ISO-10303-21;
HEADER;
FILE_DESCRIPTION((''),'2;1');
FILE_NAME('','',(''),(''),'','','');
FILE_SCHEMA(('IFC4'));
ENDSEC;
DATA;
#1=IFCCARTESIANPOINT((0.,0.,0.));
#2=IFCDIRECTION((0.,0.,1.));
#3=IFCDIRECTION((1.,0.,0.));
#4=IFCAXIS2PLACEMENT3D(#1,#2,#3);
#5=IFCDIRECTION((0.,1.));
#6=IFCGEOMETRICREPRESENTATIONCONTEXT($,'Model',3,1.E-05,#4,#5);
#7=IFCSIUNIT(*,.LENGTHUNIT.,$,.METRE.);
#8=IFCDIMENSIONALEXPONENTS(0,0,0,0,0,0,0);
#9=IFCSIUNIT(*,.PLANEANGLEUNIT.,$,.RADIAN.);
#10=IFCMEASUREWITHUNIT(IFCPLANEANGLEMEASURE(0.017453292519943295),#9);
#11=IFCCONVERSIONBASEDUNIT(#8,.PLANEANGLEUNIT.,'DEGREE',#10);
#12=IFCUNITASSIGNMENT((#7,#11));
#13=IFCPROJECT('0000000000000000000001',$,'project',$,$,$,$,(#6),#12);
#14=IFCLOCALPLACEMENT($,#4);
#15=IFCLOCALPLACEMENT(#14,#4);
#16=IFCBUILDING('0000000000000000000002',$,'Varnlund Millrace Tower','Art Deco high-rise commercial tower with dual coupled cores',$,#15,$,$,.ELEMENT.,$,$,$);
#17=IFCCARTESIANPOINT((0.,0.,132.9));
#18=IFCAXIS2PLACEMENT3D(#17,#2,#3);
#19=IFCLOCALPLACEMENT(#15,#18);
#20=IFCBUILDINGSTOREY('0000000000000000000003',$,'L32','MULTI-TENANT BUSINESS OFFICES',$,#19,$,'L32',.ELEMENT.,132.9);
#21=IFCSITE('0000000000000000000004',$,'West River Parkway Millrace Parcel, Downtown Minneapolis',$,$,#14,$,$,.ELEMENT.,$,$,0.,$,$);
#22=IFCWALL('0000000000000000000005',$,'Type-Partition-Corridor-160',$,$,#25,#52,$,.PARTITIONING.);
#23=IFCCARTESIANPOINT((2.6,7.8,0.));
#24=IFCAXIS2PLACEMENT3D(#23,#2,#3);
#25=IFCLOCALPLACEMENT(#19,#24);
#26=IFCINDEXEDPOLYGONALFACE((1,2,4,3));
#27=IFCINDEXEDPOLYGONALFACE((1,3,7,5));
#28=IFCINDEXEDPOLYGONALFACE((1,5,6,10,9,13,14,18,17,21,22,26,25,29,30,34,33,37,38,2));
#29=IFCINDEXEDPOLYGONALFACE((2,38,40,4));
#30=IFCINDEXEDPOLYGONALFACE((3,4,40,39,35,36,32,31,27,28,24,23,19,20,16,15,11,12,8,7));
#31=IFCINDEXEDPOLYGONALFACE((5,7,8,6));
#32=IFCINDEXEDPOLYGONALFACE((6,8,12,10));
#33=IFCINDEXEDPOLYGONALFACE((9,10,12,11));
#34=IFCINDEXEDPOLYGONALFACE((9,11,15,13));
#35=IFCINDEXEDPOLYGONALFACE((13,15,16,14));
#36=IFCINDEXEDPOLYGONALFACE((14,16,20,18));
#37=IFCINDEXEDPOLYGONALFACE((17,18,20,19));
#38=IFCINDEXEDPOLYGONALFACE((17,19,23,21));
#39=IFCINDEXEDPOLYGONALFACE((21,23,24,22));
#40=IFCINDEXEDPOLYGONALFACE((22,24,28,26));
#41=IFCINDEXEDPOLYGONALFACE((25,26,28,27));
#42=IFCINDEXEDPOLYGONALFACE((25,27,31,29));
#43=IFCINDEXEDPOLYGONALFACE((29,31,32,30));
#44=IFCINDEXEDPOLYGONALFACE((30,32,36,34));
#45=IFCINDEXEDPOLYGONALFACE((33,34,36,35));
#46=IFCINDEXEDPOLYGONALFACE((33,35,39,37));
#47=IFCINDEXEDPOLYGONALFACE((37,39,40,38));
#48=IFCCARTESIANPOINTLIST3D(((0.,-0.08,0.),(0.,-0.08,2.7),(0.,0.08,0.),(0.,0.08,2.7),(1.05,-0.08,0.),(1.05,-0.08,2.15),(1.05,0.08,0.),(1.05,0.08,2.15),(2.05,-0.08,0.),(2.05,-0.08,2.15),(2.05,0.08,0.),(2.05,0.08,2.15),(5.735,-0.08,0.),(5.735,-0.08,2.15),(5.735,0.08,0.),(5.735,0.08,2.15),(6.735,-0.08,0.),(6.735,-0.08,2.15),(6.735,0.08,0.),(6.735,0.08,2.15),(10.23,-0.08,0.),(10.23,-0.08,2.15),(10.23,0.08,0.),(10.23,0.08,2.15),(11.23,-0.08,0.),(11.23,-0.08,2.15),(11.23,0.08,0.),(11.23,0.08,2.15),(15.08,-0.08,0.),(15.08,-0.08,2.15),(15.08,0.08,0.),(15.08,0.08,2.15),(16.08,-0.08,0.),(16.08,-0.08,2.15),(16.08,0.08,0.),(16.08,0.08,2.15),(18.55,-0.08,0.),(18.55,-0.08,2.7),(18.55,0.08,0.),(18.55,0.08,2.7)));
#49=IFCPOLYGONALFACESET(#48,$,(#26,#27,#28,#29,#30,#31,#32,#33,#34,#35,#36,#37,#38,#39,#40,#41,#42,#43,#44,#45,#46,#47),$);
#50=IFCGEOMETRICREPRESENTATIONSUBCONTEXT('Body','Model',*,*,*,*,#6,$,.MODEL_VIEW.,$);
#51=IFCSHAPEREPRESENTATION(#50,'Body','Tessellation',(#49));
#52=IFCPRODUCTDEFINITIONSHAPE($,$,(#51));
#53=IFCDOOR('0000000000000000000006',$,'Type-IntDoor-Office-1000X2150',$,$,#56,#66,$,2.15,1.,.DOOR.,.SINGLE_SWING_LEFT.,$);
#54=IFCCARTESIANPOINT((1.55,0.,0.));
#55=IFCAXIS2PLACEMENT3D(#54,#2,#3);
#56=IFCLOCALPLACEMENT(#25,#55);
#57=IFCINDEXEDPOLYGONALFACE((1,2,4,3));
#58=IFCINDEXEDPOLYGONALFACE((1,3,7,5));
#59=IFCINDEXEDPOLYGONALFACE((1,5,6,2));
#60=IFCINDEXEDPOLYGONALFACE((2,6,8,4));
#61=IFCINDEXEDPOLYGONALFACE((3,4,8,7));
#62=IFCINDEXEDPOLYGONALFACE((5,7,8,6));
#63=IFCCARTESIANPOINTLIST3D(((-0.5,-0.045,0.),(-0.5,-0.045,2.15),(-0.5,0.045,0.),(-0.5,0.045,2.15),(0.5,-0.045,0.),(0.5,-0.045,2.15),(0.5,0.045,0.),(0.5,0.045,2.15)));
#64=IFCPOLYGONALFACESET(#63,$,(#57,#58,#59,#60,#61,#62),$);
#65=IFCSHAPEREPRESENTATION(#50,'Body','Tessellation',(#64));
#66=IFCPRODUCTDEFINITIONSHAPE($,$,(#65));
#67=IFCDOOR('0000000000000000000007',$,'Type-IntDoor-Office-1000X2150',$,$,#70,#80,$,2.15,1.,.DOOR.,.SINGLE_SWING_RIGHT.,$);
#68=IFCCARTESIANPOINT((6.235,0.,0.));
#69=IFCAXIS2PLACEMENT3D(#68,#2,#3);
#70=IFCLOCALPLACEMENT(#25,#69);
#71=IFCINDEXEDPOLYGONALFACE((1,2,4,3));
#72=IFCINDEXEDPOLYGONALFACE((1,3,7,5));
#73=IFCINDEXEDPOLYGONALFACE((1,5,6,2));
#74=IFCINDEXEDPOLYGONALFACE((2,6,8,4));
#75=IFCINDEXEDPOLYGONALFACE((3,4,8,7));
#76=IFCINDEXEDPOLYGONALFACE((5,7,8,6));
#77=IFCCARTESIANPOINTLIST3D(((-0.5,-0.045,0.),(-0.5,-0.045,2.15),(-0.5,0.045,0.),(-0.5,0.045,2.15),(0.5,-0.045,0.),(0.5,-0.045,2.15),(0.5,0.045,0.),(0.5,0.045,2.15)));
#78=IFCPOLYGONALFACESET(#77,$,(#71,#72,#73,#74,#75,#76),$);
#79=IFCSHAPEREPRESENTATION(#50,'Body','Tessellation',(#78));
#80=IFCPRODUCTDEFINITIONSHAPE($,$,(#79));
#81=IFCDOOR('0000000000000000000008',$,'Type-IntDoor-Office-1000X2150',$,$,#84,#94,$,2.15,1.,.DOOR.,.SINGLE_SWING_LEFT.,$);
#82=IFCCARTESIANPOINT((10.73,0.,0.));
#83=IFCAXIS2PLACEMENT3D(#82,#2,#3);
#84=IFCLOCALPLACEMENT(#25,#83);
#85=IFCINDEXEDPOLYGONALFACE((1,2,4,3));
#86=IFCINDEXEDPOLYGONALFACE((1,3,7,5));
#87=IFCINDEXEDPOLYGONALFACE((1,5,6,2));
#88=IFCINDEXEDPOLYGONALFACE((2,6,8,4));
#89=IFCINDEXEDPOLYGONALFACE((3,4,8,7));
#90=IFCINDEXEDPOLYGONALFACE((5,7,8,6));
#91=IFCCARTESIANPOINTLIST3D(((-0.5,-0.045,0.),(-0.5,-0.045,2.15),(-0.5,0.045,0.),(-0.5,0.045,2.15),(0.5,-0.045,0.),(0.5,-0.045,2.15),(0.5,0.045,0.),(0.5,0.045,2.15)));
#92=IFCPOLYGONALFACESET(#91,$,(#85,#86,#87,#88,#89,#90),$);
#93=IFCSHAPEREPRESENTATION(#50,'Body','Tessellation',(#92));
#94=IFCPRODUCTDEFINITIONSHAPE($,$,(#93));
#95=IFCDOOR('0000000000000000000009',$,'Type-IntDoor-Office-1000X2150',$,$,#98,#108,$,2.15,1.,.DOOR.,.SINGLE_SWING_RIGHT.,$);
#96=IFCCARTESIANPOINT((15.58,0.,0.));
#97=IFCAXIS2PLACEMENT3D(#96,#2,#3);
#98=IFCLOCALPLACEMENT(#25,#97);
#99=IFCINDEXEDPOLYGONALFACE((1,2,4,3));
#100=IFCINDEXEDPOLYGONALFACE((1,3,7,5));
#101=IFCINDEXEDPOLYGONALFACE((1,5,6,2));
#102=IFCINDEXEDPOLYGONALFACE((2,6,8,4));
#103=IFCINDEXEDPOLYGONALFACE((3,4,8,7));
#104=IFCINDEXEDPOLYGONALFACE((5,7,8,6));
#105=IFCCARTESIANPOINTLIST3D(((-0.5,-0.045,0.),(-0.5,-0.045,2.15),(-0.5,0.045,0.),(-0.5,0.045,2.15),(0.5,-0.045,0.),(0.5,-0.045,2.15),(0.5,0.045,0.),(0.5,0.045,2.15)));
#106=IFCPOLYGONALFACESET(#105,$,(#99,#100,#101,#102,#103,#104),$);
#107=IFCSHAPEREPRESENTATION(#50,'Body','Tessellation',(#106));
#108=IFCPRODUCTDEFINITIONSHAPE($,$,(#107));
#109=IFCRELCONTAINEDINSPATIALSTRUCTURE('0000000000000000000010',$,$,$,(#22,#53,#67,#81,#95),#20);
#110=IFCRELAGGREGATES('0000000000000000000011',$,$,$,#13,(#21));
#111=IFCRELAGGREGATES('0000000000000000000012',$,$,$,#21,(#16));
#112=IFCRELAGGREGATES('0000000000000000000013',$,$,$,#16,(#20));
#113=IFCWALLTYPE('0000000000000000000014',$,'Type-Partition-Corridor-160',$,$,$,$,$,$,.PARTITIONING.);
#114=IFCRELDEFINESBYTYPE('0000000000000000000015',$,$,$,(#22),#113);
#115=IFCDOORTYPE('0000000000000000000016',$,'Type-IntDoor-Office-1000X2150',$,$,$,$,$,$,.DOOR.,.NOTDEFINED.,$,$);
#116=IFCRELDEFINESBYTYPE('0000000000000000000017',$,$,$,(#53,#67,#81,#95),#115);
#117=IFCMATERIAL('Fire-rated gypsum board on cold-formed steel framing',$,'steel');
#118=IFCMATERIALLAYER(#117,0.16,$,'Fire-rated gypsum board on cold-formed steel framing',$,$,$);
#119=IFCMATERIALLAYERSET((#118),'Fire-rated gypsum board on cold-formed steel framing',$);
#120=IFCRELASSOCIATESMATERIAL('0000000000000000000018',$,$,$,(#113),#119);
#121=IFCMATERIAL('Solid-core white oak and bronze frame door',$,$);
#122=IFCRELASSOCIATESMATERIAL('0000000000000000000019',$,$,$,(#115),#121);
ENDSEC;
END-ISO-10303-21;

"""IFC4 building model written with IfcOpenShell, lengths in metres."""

from ifc_helpers import new_model, entity, si_unit, converted_unit, direction, frame, origin_with_axes, origin_2d_with_axis, place, context, subcontext, project, spatial, polyline, rectangle, outline, extrude, material, layer, layer_set, type_object, element, fill, save


model = new_model("IFC4")

# Units and contexts
model_context = context("Model", 3, precision=1e-05, world=origin_with_axes(), true_north=direction((0.0, 1.0)))
body_context = subcontext(model_context, "Body", "Model", "MODEL_VIEW")
ifc_project = project(units=[si_unit("LENGTHUNIT", "METRE"), converted_unit("PLANEANGLEUNIT", "DEGREE", entity("IfcPlaneAngleMeasure", 0.017453292519943295), si_unit("PLANEANGLEUNIT", "RADIAN"), dimensions=[0, 0, 0, 0, 0, 0, 0])], contexts=[model_context])

# Site, building, storey
site_placement = place(None, origin_with_axes())
site = spatial("IfcSite", under=ifc_project, at=site_placement, Name="West River Parkway Millrace Parcel, Downtown Minneapolis", CompositionType="ELEMENT", RefElevation=0.0)
building_placement = place(site_placement, origin_with_axes())
building = spatial("IfcBuilding", under=site, at=building_placement, Name="Varnlund Millrace Tower", Description="Art Deco high-rise commercial tower with dual coupled cores", CompositionType="ELEMENT")
storey_placement = place(building_placement, frame((0.0, 0.0, 132.9), z_axis=(0.0, 0.0, 1.0), x_axis=(1.0, 0.0, 0.0)))
storey = spatial("IfcBuildingStorey", under=building, at=storey_placement, Name="L32", Description="MULTI-TENANT BUSINESS OFFICES", LongName="L32", CompositionType="ELEMENT", Elevation=132.9)

# Wall, openings, doors
ifc_material_1 = material(Name="Fire-rated gypsum board on cold-formed steel framing", Category="steel")
ifc_layer_1 = layer(ifc_material_1, 0.16, Name="Fire-rated gypsum board on cold-formed steel framing")
ifc_layer_set_1 = layer_set([ifc_layer_1], Name="Fire-rated gypsum board on cold-formed steel framing")
wall_type_1 = type_object("IfcWallType", Name="Type-Partition-Corridor-160", PredefinedType="PARTITIONING", material=ifc_layer_set_1)
wall_1_placement = place(storey_placement, frame((2.6, 7.8, 0.0), z_axis=(0.0, 0.0, 1.0), x_axis=(1.0, 0.0, 0.0)))
wall_1 = element("IfcWall", 1, at=wall_1_placement, inside=storey, type_object=wall_type_1, Name="Type-Partition-Corridor-160", PredefinedType="PARTITIONING", context=body_context, shape_type="SweptSolid", body=[
    extrude(outline(polyline([(0.0, -0.08), (18.55, -0.08), (18.55, 0.08), (0.0, 0.08), (0.0, -0.08)])), origin_with_axes(), (0.0, 0.0, 1.0), 2.7),
])
opening_1_placement = place(wall_1_placement, frame((1.55, 0.0, 0.0), z_axis=(0.0, 0.0, 1.0), x_axis=(1.0, 0.0, 0.0)))
opening_1 = element("IfcOpeningElement", 2, at=opening_1_placement, cuts=wall_1, PredefinedType="OPENING", context=body_context, shape_type="SweptSolid", body=[
    extrude(rectangle(XDim=1.0, YDim=0.18, at=origin_2d_with_axis()), origin_with_axes(), (0.0, 0.0, 1.0), 2.15),
])
opening_2_placement = place(wall_1_placement, frame((6.235, 0.0, 0.0), z_axis=(0.0, 0.0, 1.0), x_axis=(1.0, 0.0, 0.0)))
opening_2 = element("IfcOpeningElement", 3, at=opening_2_placement, cuts=wall_1, PredefinedType="OPENING", context=body_context, shape_type="SweptSolid", body=[
    extrude(rectangle(XDim=1.0, YDim=0.18, at=origin_2d_with_axis()), origin_with_axes(), (0.0, 0.0, 1.0), 2.15),
])
opening_3_placement = place(wall_1_placement, frame((10.73, 0.0, 0.0), z_axis=(0.0, 0.0, 1.0), x_axis=(1.0, 0.0, 0.0)))
opening_3 = element("IfcOpeningElement", 4, at=opening_3_placement, cuts=wall_1, PredefinedType="OPENING", context=body_context, shape_type="SweptSolid", body=[
    extrude(rectangle(XDim=1.0, YDim=0.18, at=origin_2d_with_axis()), origin_with_axes(), (0.0, 0.0, 1.0), 2.15),
])
opening_4_placement = place(wall_1_placement, frame((15.58, 0.0, 0.0), z_axis=(0.0, 0.0, 1.0), x_axis=(1.0, 0.0, 0.0)))
opening_4 = element("IfcOpeningElement", 5, at=opening_4_placement, cuts=wall_1, PredefinedType="OPENING", context=body_context, shape_type="SweptSolid", body=[
    extrude(rectangle(XDim=1.0, YDim=0.18, at=origin_2d_with_axis()), origin_with_axes(), (0.0, 0.0, 1.0), 2.15),
])
ifc_material_2 = material(Name="Solid-core white oak and bronze frame door")
door_type = type_object("IfcDoorType", Name="Type-IntDoor-Office-1000X2150", OperationType="NOTDEFINED", PredefinedType="DOOR", material=ifc_material_2)
door_1_placement = place(wall_1_placement, frame((1.55, 0.0, 0.0), z_axis=(0.0, 0.0, 1.0), x_axis=(1.0, 0.0, 0.0)))
door_1 = element("IfcDoor", 6, at=door_1_placement, inside=storey, type_object=door_type, Name="Type-IntDoor-Office-1000X2150", OperationType="SINGLE_SWING_LEFT", OverallHeight=2.15, OverallWidth=1.0, PredefinedType="DOOR", context=body_context, shape_type="SweptSolid", body=[
    extrude(rectangle(XDim=1.0, YDim=0.09, at=origin_2d_with_axis()), origin_with_axes(), (0.0, 0.0, 1.0), 2.15),
])
fill(opening_1, door_1)
door_2_placement = place(wall_1_placement, frame((6.235, 0.0, 0.0), z_axis=(0.0, 0.0, 1.0), x_axis=(1.0, 0.0, 0.0)))
door_2 = element("IfcDoor", 7, at=door_2_placement, inside=storey, type_object=door_type, Name="Type-IntDoor-Office-1000X2150", OperationType="SINGLE_SWING_RIGHT", OverallHeight=2.15, OverallWidth=1.0, PredefinedType="DOOR", context=body_context, shape_type="SweptSolid", body=[
    extrude(rectangle(XDim=1.0, YDim=0.09, at=origin_2d_with_axis()), origin_with_axes(), (0.0, 0.0, 1.0), 2.15),
])
fill(opening_2, door_2)
door_3_placement = place(wall_1_placement, frame((10.73, 0.0, 0.0), z_axis=(0.0, 0.0, 1.0), x_axis=(1.0, 0.0, 0.0)))
door_3 = element("IfcDoor", 8, at=door_3_placement, inside=storey, type_object=door_type, Name="Type-IntDoor-Office-1000X2150", OperationType="SINGLE_SWING_LEFT", OverallHeight=2.15, OverallWidth=1.0, PredefinedType="DOOR", context=body_context, shape_type="SweptSolid", body=[
    extrude(rectangle(XDim=1.0, YDim=0.09, at=origin_2d_with_axis()), origin_with_axes(), (0.0, 0.0, 1.0), 2.15),
])
fill(opening_3, door_3)
door_4_placement = place(wall_1_placement, frame((15.58, 0.0, 0.0), z_axis=(0.0, 0.0, 1.0), x_axis=(1.0, 0.0, 0.0)))
door_4 = element("IfcDoor", 9, at=door_4_placement, inside=storey, type_object=door_type, Name="Type-IntDoor-Office-1000X2150", OperationType="SINGLE_SWING_RIGHT", OverallHeight=2.15, OverallWidth=1.0, PredefinedType="DOOR", context=body_context, shape_type="SweptSolid", body=[
    extrude(rectangle(XDim=1.0, YDim=0.09, at=origin_2d_with_axis()), origin_with_axes(), (0.0, 0.0, 1.0), 2.15),
])
fill(opening_4, door_4)

save(model, "model.ifc")
